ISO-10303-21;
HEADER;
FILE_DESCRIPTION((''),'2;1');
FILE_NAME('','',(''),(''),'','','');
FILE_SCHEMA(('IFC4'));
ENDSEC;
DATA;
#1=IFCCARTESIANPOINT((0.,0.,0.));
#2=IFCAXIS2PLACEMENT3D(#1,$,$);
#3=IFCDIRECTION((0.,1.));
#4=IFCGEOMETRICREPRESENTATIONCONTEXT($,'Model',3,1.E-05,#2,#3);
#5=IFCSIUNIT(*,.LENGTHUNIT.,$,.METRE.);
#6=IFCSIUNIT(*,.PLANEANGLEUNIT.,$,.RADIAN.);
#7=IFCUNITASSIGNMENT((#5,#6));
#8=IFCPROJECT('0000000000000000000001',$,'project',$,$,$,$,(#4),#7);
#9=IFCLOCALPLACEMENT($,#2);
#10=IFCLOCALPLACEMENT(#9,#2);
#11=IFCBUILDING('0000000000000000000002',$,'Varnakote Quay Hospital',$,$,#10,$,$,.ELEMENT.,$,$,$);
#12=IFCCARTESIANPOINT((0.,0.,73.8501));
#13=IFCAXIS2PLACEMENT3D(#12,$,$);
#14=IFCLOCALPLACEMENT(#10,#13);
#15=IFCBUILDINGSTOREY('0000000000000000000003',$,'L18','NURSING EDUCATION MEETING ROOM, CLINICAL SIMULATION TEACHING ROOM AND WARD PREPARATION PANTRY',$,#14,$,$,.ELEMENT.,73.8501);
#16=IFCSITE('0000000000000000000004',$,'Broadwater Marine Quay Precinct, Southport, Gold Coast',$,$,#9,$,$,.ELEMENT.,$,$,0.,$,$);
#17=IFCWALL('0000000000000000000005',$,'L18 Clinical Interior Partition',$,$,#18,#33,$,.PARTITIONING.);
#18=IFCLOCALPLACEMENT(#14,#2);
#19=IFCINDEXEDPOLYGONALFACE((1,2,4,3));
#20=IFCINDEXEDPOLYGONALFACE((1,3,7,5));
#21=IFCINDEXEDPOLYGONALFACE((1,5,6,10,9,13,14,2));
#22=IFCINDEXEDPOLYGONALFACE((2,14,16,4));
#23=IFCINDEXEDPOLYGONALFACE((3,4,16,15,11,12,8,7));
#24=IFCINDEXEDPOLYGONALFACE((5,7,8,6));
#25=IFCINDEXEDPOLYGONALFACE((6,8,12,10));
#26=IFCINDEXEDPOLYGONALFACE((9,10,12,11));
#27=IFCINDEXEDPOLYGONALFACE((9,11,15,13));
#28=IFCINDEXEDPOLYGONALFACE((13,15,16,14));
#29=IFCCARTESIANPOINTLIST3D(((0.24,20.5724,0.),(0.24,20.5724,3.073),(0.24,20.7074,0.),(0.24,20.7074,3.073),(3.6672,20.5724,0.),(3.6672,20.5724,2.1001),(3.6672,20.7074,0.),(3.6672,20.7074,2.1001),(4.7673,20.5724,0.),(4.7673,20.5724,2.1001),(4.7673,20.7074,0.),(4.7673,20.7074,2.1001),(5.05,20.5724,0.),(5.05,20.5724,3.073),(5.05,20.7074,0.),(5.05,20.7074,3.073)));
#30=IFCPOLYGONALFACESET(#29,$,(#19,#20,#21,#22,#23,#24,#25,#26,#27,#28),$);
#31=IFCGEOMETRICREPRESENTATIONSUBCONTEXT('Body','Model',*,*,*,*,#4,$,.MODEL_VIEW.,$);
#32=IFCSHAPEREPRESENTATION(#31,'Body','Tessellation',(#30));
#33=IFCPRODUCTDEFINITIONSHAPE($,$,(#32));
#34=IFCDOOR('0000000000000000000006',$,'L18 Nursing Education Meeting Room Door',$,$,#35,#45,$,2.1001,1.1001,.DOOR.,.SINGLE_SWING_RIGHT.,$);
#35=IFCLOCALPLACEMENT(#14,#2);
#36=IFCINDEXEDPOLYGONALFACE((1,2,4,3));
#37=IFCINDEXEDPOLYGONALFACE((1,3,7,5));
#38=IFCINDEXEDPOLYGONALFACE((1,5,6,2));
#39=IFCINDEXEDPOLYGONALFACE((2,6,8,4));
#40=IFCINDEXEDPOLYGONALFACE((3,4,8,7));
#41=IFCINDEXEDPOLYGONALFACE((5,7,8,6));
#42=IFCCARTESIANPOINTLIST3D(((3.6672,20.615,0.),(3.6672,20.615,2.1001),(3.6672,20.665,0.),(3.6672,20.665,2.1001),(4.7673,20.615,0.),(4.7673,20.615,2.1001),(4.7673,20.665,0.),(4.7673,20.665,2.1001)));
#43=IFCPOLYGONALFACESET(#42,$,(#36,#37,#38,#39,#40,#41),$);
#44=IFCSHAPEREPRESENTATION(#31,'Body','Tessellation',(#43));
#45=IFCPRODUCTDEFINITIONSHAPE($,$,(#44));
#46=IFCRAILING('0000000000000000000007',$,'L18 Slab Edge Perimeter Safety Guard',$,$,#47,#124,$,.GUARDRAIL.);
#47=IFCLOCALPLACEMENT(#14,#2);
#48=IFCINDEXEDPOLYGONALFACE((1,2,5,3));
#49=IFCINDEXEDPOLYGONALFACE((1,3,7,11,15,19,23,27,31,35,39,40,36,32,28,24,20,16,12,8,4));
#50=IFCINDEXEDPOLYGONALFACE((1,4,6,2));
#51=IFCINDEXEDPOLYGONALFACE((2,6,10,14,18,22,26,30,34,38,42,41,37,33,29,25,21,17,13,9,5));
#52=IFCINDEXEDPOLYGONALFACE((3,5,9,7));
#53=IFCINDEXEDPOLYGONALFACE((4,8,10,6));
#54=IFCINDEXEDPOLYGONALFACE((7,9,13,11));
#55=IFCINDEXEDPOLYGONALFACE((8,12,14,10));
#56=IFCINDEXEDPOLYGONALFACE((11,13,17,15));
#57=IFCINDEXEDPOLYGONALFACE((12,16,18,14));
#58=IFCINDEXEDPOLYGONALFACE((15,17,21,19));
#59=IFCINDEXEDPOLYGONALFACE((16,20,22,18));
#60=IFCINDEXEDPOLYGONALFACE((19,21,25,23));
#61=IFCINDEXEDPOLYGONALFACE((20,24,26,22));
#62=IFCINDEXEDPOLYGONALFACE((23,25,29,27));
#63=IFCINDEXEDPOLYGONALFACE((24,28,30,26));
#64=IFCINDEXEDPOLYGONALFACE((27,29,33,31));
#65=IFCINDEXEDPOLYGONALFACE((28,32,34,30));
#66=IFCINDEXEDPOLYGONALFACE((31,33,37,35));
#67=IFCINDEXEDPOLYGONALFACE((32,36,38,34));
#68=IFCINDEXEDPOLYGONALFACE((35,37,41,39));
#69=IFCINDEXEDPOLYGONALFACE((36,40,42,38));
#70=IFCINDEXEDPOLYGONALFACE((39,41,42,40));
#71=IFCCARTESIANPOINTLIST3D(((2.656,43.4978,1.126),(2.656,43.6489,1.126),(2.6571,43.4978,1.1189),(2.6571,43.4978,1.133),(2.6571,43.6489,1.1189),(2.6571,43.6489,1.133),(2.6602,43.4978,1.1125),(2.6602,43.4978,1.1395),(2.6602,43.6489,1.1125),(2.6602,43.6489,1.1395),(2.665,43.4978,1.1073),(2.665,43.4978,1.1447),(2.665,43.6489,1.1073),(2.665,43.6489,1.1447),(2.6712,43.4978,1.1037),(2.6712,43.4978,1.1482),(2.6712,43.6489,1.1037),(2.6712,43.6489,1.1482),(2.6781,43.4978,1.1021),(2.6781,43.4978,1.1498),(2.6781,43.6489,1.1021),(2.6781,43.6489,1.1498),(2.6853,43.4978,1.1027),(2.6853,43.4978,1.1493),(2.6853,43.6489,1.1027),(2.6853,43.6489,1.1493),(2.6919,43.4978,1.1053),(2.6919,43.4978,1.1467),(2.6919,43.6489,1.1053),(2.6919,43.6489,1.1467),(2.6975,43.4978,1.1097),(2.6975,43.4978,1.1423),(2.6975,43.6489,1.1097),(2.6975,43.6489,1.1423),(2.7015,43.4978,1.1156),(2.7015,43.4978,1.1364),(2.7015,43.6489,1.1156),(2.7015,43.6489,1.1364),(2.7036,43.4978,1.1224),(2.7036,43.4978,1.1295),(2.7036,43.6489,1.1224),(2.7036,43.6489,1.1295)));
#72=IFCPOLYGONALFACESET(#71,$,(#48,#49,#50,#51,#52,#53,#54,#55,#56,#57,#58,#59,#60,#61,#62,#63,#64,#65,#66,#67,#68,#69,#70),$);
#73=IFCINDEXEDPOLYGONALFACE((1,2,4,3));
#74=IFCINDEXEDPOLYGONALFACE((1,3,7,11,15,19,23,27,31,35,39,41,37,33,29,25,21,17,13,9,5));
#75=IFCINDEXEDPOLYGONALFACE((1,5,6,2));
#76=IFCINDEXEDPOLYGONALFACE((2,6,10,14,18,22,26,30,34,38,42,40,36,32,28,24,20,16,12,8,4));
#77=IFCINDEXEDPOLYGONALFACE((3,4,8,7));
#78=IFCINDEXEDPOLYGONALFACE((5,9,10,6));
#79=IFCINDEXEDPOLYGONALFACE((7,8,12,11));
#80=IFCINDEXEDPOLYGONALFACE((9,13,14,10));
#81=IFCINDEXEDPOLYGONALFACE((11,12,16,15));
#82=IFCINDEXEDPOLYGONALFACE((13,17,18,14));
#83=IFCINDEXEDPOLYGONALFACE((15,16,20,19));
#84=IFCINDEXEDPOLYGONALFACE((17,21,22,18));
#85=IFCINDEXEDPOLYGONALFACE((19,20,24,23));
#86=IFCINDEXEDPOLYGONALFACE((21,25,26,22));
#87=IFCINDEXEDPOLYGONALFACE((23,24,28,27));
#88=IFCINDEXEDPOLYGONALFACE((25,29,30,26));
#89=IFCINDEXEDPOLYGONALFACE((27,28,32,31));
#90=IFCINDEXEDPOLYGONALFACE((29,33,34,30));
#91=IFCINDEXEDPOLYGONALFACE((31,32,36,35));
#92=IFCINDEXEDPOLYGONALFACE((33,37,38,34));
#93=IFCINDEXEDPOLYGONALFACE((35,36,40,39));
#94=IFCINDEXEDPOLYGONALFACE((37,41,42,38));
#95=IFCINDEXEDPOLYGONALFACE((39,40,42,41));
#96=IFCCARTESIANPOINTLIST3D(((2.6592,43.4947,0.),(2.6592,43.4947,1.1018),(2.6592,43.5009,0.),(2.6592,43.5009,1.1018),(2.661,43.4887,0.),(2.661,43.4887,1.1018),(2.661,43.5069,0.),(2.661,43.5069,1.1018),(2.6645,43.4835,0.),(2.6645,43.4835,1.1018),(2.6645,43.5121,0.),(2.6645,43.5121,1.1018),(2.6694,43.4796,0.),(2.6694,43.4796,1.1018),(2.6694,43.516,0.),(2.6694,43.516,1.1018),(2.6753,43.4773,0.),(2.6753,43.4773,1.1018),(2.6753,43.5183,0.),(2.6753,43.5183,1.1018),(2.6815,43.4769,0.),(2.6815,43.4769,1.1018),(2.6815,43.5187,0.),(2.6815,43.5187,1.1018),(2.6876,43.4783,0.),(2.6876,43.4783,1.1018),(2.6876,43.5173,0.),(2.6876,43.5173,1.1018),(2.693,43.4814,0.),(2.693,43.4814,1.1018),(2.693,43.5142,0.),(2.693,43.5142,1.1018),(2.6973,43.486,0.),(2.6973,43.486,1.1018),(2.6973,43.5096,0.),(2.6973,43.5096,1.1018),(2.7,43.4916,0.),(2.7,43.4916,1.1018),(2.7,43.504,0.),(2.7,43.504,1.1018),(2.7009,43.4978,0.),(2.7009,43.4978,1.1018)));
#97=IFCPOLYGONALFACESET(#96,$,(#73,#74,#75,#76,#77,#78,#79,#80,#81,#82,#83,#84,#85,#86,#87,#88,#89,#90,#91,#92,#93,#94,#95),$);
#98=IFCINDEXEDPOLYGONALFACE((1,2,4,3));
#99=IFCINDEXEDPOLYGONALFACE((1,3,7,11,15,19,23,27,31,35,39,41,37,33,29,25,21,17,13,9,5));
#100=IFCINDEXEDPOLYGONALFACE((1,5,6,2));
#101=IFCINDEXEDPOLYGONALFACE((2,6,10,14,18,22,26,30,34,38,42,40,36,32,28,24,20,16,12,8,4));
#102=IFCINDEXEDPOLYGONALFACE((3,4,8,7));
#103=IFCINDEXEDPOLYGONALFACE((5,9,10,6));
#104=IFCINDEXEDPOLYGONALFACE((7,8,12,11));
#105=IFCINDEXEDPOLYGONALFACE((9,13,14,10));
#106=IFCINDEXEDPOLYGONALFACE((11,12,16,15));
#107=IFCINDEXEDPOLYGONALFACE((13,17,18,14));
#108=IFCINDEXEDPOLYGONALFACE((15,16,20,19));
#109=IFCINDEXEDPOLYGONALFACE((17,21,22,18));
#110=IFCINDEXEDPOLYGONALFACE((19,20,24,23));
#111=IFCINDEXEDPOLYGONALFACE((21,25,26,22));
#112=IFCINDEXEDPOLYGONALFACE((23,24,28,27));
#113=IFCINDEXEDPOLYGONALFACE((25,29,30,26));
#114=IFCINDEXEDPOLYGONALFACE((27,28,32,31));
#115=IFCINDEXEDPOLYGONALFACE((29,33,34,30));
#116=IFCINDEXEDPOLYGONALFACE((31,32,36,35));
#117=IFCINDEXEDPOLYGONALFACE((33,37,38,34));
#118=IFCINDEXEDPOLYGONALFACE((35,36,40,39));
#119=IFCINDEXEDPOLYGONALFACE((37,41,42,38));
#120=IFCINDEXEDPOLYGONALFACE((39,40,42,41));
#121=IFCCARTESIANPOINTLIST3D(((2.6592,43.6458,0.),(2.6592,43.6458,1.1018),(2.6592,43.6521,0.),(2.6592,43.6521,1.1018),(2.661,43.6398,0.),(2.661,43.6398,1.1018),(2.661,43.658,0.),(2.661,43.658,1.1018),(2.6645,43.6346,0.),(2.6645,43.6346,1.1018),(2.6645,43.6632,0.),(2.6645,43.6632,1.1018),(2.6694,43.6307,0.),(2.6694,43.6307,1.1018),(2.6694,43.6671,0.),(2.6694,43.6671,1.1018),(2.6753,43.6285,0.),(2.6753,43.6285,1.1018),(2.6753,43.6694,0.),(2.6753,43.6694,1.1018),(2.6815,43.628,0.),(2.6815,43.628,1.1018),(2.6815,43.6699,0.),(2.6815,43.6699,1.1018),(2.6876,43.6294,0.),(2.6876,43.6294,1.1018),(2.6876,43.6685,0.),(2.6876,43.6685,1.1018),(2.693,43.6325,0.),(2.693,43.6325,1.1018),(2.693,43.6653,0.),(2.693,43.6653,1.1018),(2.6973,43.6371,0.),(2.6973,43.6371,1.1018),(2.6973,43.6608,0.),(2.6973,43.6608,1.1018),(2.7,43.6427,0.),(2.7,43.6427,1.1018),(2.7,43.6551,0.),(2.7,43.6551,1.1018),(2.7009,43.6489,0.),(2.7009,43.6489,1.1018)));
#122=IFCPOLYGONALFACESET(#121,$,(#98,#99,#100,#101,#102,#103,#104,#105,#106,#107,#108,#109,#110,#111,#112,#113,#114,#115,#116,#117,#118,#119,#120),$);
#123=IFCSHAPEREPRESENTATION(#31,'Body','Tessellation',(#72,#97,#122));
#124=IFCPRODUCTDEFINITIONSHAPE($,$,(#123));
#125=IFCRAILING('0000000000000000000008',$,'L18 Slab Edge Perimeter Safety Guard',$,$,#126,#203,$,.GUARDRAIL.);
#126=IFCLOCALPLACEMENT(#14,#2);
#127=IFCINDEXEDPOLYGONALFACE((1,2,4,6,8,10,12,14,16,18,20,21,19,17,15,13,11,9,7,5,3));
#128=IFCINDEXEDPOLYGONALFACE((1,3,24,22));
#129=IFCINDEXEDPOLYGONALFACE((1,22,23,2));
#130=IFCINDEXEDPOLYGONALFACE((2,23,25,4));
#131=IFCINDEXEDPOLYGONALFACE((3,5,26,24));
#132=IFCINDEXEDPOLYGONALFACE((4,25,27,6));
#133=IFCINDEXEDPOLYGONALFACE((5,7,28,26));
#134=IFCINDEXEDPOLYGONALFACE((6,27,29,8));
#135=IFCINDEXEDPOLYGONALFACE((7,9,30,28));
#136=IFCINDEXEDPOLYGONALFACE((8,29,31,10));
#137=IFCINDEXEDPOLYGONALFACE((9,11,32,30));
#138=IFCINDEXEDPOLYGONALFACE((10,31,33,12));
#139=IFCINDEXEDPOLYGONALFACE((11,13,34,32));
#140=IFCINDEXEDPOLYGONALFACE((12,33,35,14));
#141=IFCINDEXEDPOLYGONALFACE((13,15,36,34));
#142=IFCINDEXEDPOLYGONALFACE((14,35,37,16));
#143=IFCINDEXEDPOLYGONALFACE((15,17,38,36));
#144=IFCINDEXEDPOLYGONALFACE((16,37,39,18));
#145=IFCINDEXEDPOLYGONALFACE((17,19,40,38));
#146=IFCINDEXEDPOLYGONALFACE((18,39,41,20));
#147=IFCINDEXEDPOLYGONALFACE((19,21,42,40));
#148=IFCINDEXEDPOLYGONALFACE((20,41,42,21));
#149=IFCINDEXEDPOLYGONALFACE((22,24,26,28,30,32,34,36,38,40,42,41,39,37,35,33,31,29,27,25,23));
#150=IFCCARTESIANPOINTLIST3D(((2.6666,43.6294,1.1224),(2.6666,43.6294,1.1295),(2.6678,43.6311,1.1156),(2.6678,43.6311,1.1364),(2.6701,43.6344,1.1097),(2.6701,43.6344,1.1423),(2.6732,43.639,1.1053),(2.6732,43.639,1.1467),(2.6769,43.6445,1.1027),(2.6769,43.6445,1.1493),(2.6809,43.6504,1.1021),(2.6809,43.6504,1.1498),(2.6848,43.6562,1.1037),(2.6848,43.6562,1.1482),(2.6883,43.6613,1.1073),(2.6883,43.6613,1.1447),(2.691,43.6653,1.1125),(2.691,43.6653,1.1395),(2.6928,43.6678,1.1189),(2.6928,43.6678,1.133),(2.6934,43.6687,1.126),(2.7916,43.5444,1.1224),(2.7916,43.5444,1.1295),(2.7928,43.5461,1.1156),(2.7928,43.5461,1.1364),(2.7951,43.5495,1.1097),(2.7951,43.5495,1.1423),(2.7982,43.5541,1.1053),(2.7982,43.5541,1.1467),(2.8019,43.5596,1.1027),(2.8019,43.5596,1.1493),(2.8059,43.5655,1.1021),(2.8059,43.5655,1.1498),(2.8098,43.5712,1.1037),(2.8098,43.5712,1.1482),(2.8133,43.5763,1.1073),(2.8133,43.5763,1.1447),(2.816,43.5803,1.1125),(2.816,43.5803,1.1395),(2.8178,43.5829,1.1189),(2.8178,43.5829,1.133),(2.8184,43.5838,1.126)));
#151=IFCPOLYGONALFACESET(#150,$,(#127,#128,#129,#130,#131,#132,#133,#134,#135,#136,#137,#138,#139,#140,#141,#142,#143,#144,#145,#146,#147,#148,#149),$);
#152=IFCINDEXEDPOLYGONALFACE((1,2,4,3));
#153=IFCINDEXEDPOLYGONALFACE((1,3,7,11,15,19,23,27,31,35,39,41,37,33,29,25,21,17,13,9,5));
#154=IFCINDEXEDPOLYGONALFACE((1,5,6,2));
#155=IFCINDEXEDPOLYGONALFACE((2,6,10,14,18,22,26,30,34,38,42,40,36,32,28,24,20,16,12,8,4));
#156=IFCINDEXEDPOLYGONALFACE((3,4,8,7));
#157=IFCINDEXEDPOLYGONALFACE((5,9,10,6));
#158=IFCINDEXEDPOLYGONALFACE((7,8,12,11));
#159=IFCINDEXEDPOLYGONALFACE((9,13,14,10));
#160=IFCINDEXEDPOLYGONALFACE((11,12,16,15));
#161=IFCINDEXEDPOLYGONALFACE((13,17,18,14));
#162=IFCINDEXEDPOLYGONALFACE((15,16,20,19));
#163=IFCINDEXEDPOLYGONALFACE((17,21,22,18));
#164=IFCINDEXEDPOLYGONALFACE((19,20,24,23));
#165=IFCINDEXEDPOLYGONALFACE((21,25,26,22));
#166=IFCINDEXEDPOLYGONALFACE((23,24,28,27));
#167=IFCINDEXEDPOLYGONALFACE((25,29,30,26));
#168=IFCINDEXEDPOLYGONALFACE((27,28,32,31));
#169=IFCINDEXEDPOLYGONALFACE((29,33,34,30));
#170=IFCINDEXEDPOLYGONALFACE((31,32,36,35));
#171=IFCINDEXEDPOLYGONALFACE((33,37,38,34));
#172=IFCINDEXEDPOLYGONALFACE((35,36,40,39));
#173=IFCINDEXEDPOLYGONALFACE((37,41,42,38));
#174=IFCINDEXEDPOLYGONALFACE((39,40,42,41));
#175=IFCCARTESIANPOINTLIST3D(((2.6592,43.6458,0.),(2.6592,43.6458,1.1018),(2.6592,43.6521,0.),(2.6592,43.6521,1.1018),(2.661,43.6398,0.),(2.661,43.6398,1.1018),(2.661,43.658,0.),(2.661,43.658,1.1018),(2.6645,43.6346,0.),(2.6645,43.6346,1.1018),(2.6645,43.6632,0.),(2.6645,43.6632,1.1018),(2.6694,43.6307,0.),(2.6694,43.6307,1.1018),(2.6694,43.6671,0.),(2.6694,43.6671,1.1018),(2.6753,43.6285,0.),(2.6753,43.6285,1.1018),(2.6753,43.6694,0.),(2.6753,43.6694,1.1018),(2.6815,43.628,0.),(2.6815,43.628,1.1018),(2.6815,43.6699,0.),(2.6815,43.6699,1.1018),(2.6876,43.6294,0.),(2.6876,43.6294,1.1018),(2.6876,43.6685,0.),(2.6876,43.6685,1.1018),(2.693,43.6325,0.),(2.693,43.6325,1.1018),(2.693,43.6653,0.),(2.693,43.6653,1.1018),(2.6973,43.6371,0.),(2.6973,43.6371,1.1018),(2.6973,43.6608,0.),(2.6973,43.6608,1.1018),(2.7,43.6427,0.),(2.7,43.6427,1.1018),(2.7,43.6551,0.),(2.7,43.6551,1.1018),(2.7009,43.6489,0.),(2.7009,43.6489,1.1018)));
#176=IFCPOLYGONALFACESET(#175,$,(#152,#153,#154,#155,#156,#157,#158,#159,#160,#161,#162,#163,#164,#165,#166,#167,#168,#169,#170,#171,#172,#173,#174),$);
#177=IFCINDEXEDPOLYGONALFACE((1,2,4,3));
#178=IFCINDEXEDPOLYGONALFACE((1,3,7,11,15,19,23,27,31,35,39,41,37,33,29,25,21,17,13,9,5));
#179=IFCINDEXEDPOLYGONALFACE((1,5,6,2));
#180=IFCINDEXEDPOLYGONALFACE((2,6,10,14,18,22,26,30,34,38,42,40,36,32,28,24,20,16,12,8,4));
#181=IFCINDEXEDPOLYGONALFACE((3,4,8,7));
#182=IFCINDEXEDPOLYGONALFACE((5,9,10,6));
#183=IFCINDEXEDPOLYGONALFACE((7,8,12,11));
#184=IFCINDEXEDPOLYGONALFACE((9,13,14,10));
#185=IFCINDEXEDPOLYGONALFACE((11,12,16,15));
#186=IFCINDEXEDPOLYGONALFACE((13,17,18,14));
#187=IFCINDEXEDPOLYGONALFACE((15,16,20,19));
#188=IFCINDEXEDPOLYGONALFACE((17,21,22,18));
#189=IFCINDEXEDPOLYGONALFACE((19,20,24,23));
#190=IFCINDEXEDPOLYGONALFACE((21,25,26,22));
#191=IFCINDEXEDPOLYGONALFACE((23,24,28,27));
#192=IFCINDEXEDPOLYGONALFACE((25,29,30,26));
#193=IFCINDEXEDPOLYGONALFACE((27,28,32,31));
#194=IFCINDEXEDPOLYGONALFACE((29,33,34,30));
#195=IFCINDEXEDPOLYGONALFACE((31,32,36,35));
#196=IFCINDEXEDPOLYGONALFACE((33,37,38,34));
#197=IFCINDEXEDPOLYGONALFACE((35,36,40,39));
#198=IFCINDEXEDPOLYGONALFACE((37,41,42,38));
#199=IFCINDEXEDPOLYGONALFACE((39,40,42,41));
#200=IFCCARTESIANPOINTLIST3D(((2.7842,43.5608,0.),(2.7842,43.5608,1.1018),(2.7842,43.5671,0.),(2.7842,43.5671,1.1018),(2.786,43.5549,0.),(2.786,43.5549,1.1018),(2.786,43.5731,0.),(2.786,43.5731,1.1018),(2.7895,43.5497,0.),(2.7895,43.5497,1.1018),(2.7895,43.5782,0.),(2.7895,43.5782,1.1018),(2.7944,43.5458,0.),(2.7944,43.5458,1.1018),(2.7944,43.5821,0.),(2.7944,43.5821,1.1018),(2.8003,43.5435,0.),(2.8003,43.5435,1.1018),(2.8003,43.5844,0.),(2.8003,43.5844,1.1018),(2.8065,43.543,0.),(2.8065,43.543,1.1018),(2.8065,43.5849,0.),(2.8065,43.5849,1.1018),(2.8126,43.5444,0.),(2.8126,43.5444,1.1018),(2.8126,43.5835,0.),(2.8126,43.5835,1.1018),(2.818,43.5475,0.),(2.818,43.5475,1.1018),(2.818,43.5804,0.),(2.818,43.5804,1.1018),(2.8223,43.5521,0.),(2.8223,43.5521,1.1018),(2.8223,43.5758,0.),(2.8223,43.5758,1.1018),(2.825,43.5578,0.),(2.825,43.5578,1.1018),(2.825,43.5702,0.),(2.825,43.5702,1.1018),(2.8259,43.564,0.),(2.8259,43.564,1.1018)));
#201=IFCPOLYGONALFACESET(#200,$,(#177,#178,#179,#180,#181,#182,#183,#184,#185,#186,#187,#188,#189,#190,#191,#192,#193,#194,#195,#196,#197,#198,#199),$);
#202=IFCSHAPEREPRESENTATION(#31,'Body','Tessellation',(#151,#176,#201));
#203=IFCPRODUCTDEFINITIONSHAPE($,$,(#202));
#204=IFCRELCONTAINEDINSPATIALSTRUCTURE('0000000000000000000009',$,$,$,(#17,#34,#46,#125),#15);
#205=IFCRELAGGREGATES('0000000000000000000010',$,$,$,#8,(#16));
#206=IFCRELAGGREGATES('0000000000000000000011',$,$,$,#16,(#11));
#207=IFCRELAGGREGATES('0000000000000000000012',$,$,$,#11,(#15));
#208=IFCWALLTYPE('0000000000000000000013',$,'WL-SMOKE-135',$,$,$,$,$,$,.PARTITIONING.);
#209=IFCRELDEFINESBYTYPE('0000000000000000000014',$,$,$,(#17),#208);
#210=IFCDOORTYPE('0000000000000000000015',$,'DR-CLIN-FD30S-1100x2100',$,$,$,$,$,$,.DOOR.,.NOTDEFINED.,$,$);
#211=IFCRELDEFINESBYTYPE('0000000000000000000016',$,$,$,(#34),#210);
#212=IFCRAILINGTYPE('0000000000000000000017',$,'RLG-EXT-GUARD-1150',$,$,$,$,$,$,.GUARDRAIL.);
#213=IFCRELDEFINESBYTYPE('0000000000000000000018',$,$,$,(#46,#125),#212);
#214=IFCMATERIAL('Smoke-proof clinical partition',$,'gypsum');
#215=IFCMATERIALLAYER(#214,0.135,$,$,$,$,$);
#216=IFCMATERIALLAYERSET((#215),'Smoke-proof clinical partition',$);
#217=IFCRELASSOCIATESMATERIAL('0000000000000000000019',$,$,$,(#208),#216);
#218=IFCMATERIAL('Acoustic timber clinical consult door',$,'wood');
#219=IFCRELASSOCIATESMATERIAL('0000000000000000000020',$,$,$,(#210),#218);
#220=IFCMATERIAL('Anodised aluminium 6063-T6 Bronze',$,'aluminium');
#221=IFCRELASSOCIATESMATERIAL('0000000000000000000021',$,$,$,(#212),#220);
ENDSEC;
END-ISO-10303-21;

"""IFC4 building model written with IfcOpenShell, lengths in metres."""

from ifc_helpers import new_model, si_unit, direction, frame, frame_2d, origin, origin_2d, place, context, subcontext, project, spatial, rectangle, circle, extrude, material, layer, layer_set, type_object, element, fill, save


model = new_model("IFC4")

# Units and contexts
model_context = context("Model", 3, precision=1e-05, world=origin(), true_north=direction((0.0, 1.0)))
body_context = subcontext(model_context, "Body", "Model", "MODEL_VIEW")
ifc_project = project(units=[si_unit("LENGTHUNIT", "METRE"), si_unit("PLANEANGLEUNIT", "RADIAN")], contexts=[model_context])

# Site, building, storey
site_placement = place(None, origin())
site = spatial("IfcSite", under=ifc_project, at=site_placement, Name="Broadwater Marine Quay Precinct, Southport, Gold Coast", CompositionType="ELEMENT", RefElevation=0.0)
building_placement = place(site_placement, origin())
building = spatial("IfcBuilding", under=site, at=building_placement, Name="Varnakote Quay Hospital", CompositionType="ELEMENT")
storey_placement = place(building_placement, frame((0.0, 0.0, 73.8501)))
storey = spatial("IfcBuildingStorey", under=building, at=storey_placement, Name="L18", Description="NURSING EDUCATION MEETING ROOM, CLINICAL SIMULATION TEACHING ROOM AND WARD PREPARATION PANTRY", CompositionType="ELEMENT", Elevation=73.8501)

# Wall, opening, door
ifc_material_1 = material(Name="Smoke-proof clinical partition", Category="gypsum")
ifc_layer_1 = layer(ifc_material_1, 0.135)
ifc_layer_set_1 = layer_set([ifc_layer_1], Name="Smoke-proof clinical partition")
wall_type_1 = type_object("IfcWallType", Name="WL-SMOKE-135", PredefinedType="PARTITIONING", material=ifc_layer_set_1)
wall_1_placement = place(storey_placement, frame((5.05, 20.6399, 0.0), z_axis=(0.0, 0.0, 1.0), x_axis=(-1.0, 0.0, 0.0)))
wall_1 = element("IfcWall", 1, at=wall_1_placement, inside=storey, type_object=wall_type_1, Name="L18 Clinical Interior Partition", PredefinedType="PARTITIONING", context=body_context, shape_type="SweptSolid", body=[
    extrude(rectangle(XDim=4.8101, YDim=0.135, at=frame_2d((2.405, 0.0))), origin(), (0.0, 0.0, 1.0), 3.073),
])
opening_1_placement = place(wall_1_placement, frame((0.2827, 0.0, 0.0)))
opening_1 = element("IfcOpeningElement", 2, at=opening_1_placement, cuts=wall_1, PredefinedType="OPENING", context=body_context, shape_type="SweptSolid", body=[
    extrude(rectangle(XDim=1.1001, YDim=2.1001, at=frame_2d((0.55, 1.05))), frame((0.0, 0.0774, 0.0), z_axis=(0.0, -1.0, 0.0), x_axis=(1.0, 0.0, 0.0)), (0.0, 0.0, 1.0), 0.155),
])
ifc_material_2 = material(Name="Acoustic timber clinical consult door", Category="wood")
door_type = type_object("IfcDoorType", Name="DR-CLIN-FD30S-1100x2100", OperationType="NOTDEFINED", PredefinedType="DOOR", material=ifc_material_2)
door_placement = place(opening_1_placement, origin())
door = element("IfcDoor", 3, at=door_placement, inside=storey, type_object=door_type, Name="L18 Nursing Education Meeting Room Door", OperationType="SINGLE_SWING_RIGHT", OverallHeight=2.1001, OverallWidth=1.1001, PredefinedType="DOOR", context=body_context, shape_type="SweptSolid", body=[
    extrude(rectangle(XDim=1.1001, YDim=2.1001, at=frame_2d((0.55, 1.05))), frame((0.0, 0.0249, 0.0), z_axis=(0.0, -1.0, 0.0), x_axis=(1.0, 0.0, 0.0)), (0.0, 0.0, 1.0), 0.05),
])
fill(opening_1, door)

# Railings
ifc_material_3 = material(Name="Anodised aluminium 6063-T6 Bronze", Category="aluminium")
railing_type = type_object("IfcRailingType", Name="RLG-EXT-GUARD-1150", PredefinedType="GUARDRAIL", material=ifc_material_3)
railing_1_placement = place(storey_placement, frame((2.6799, 43.4978, 0.0)))
element("IfcRailing", 4, at=railing_1_placement, inside=storey, type_object=railing_type, Name="L18 Slab Edge Perimeter Safety Guard", PredefinedType="GUARDRAIL", context=body_context, shape_type="SweptSolid", body=[
    extrude(circle(Radius=0.0239, at=origin_2d()), frame((0.0, 0.0, 1.126), z_axis=(0.0, 1.0, 0.0), x_axis=(-1.0, 0.0, 0.0)), (0.0, 0.0, 1.0), 0.1511),
    extrude(circle(Radius=0.021, at=origin_2d()), origin(), (0.0, 0.0, 1.0), 1.1018),
    extrude(circle(Radius=0.021, at=origin_2d()), frame((0.0, 0.1511, 0.0)), (0.0, 0.0, 1.0), 1.1018),
])
railing_2_placement = place(storey_placement, frame((2.6799, 43.6489, 0.0)))
element("IfcRailing", 5, at=railing_2_placement, inside=storey, type_object=railing_type, Name="L18 Slab Edge Perimeter Safety Guard", PredefinedType="GUARDRAIL", context=body_context, shape_type="SweptSolid", body=[
    extrude(circle(Radius=0.0239, at=origin_2d()), frame((0.0, 0.0, 1.126), z_axis=(0.827047, -0.562133, 0.0), x_axis=(0.562133, 0.827047, 0.0)), (0.0, 0.0, 1.0), 0.1511),
    extrude(circle(Radius=0.021, at=origin_2d()), origin(), (0.0, 0.0, 1.0), 1.1018),
    extrude(circle(Radius=0.021, at=origin_2d()), frame((0.125, -0.085, 0.0)), (0.0, 0.0, 1.0), 1.1018),
])

save(model, "model.ifc")
